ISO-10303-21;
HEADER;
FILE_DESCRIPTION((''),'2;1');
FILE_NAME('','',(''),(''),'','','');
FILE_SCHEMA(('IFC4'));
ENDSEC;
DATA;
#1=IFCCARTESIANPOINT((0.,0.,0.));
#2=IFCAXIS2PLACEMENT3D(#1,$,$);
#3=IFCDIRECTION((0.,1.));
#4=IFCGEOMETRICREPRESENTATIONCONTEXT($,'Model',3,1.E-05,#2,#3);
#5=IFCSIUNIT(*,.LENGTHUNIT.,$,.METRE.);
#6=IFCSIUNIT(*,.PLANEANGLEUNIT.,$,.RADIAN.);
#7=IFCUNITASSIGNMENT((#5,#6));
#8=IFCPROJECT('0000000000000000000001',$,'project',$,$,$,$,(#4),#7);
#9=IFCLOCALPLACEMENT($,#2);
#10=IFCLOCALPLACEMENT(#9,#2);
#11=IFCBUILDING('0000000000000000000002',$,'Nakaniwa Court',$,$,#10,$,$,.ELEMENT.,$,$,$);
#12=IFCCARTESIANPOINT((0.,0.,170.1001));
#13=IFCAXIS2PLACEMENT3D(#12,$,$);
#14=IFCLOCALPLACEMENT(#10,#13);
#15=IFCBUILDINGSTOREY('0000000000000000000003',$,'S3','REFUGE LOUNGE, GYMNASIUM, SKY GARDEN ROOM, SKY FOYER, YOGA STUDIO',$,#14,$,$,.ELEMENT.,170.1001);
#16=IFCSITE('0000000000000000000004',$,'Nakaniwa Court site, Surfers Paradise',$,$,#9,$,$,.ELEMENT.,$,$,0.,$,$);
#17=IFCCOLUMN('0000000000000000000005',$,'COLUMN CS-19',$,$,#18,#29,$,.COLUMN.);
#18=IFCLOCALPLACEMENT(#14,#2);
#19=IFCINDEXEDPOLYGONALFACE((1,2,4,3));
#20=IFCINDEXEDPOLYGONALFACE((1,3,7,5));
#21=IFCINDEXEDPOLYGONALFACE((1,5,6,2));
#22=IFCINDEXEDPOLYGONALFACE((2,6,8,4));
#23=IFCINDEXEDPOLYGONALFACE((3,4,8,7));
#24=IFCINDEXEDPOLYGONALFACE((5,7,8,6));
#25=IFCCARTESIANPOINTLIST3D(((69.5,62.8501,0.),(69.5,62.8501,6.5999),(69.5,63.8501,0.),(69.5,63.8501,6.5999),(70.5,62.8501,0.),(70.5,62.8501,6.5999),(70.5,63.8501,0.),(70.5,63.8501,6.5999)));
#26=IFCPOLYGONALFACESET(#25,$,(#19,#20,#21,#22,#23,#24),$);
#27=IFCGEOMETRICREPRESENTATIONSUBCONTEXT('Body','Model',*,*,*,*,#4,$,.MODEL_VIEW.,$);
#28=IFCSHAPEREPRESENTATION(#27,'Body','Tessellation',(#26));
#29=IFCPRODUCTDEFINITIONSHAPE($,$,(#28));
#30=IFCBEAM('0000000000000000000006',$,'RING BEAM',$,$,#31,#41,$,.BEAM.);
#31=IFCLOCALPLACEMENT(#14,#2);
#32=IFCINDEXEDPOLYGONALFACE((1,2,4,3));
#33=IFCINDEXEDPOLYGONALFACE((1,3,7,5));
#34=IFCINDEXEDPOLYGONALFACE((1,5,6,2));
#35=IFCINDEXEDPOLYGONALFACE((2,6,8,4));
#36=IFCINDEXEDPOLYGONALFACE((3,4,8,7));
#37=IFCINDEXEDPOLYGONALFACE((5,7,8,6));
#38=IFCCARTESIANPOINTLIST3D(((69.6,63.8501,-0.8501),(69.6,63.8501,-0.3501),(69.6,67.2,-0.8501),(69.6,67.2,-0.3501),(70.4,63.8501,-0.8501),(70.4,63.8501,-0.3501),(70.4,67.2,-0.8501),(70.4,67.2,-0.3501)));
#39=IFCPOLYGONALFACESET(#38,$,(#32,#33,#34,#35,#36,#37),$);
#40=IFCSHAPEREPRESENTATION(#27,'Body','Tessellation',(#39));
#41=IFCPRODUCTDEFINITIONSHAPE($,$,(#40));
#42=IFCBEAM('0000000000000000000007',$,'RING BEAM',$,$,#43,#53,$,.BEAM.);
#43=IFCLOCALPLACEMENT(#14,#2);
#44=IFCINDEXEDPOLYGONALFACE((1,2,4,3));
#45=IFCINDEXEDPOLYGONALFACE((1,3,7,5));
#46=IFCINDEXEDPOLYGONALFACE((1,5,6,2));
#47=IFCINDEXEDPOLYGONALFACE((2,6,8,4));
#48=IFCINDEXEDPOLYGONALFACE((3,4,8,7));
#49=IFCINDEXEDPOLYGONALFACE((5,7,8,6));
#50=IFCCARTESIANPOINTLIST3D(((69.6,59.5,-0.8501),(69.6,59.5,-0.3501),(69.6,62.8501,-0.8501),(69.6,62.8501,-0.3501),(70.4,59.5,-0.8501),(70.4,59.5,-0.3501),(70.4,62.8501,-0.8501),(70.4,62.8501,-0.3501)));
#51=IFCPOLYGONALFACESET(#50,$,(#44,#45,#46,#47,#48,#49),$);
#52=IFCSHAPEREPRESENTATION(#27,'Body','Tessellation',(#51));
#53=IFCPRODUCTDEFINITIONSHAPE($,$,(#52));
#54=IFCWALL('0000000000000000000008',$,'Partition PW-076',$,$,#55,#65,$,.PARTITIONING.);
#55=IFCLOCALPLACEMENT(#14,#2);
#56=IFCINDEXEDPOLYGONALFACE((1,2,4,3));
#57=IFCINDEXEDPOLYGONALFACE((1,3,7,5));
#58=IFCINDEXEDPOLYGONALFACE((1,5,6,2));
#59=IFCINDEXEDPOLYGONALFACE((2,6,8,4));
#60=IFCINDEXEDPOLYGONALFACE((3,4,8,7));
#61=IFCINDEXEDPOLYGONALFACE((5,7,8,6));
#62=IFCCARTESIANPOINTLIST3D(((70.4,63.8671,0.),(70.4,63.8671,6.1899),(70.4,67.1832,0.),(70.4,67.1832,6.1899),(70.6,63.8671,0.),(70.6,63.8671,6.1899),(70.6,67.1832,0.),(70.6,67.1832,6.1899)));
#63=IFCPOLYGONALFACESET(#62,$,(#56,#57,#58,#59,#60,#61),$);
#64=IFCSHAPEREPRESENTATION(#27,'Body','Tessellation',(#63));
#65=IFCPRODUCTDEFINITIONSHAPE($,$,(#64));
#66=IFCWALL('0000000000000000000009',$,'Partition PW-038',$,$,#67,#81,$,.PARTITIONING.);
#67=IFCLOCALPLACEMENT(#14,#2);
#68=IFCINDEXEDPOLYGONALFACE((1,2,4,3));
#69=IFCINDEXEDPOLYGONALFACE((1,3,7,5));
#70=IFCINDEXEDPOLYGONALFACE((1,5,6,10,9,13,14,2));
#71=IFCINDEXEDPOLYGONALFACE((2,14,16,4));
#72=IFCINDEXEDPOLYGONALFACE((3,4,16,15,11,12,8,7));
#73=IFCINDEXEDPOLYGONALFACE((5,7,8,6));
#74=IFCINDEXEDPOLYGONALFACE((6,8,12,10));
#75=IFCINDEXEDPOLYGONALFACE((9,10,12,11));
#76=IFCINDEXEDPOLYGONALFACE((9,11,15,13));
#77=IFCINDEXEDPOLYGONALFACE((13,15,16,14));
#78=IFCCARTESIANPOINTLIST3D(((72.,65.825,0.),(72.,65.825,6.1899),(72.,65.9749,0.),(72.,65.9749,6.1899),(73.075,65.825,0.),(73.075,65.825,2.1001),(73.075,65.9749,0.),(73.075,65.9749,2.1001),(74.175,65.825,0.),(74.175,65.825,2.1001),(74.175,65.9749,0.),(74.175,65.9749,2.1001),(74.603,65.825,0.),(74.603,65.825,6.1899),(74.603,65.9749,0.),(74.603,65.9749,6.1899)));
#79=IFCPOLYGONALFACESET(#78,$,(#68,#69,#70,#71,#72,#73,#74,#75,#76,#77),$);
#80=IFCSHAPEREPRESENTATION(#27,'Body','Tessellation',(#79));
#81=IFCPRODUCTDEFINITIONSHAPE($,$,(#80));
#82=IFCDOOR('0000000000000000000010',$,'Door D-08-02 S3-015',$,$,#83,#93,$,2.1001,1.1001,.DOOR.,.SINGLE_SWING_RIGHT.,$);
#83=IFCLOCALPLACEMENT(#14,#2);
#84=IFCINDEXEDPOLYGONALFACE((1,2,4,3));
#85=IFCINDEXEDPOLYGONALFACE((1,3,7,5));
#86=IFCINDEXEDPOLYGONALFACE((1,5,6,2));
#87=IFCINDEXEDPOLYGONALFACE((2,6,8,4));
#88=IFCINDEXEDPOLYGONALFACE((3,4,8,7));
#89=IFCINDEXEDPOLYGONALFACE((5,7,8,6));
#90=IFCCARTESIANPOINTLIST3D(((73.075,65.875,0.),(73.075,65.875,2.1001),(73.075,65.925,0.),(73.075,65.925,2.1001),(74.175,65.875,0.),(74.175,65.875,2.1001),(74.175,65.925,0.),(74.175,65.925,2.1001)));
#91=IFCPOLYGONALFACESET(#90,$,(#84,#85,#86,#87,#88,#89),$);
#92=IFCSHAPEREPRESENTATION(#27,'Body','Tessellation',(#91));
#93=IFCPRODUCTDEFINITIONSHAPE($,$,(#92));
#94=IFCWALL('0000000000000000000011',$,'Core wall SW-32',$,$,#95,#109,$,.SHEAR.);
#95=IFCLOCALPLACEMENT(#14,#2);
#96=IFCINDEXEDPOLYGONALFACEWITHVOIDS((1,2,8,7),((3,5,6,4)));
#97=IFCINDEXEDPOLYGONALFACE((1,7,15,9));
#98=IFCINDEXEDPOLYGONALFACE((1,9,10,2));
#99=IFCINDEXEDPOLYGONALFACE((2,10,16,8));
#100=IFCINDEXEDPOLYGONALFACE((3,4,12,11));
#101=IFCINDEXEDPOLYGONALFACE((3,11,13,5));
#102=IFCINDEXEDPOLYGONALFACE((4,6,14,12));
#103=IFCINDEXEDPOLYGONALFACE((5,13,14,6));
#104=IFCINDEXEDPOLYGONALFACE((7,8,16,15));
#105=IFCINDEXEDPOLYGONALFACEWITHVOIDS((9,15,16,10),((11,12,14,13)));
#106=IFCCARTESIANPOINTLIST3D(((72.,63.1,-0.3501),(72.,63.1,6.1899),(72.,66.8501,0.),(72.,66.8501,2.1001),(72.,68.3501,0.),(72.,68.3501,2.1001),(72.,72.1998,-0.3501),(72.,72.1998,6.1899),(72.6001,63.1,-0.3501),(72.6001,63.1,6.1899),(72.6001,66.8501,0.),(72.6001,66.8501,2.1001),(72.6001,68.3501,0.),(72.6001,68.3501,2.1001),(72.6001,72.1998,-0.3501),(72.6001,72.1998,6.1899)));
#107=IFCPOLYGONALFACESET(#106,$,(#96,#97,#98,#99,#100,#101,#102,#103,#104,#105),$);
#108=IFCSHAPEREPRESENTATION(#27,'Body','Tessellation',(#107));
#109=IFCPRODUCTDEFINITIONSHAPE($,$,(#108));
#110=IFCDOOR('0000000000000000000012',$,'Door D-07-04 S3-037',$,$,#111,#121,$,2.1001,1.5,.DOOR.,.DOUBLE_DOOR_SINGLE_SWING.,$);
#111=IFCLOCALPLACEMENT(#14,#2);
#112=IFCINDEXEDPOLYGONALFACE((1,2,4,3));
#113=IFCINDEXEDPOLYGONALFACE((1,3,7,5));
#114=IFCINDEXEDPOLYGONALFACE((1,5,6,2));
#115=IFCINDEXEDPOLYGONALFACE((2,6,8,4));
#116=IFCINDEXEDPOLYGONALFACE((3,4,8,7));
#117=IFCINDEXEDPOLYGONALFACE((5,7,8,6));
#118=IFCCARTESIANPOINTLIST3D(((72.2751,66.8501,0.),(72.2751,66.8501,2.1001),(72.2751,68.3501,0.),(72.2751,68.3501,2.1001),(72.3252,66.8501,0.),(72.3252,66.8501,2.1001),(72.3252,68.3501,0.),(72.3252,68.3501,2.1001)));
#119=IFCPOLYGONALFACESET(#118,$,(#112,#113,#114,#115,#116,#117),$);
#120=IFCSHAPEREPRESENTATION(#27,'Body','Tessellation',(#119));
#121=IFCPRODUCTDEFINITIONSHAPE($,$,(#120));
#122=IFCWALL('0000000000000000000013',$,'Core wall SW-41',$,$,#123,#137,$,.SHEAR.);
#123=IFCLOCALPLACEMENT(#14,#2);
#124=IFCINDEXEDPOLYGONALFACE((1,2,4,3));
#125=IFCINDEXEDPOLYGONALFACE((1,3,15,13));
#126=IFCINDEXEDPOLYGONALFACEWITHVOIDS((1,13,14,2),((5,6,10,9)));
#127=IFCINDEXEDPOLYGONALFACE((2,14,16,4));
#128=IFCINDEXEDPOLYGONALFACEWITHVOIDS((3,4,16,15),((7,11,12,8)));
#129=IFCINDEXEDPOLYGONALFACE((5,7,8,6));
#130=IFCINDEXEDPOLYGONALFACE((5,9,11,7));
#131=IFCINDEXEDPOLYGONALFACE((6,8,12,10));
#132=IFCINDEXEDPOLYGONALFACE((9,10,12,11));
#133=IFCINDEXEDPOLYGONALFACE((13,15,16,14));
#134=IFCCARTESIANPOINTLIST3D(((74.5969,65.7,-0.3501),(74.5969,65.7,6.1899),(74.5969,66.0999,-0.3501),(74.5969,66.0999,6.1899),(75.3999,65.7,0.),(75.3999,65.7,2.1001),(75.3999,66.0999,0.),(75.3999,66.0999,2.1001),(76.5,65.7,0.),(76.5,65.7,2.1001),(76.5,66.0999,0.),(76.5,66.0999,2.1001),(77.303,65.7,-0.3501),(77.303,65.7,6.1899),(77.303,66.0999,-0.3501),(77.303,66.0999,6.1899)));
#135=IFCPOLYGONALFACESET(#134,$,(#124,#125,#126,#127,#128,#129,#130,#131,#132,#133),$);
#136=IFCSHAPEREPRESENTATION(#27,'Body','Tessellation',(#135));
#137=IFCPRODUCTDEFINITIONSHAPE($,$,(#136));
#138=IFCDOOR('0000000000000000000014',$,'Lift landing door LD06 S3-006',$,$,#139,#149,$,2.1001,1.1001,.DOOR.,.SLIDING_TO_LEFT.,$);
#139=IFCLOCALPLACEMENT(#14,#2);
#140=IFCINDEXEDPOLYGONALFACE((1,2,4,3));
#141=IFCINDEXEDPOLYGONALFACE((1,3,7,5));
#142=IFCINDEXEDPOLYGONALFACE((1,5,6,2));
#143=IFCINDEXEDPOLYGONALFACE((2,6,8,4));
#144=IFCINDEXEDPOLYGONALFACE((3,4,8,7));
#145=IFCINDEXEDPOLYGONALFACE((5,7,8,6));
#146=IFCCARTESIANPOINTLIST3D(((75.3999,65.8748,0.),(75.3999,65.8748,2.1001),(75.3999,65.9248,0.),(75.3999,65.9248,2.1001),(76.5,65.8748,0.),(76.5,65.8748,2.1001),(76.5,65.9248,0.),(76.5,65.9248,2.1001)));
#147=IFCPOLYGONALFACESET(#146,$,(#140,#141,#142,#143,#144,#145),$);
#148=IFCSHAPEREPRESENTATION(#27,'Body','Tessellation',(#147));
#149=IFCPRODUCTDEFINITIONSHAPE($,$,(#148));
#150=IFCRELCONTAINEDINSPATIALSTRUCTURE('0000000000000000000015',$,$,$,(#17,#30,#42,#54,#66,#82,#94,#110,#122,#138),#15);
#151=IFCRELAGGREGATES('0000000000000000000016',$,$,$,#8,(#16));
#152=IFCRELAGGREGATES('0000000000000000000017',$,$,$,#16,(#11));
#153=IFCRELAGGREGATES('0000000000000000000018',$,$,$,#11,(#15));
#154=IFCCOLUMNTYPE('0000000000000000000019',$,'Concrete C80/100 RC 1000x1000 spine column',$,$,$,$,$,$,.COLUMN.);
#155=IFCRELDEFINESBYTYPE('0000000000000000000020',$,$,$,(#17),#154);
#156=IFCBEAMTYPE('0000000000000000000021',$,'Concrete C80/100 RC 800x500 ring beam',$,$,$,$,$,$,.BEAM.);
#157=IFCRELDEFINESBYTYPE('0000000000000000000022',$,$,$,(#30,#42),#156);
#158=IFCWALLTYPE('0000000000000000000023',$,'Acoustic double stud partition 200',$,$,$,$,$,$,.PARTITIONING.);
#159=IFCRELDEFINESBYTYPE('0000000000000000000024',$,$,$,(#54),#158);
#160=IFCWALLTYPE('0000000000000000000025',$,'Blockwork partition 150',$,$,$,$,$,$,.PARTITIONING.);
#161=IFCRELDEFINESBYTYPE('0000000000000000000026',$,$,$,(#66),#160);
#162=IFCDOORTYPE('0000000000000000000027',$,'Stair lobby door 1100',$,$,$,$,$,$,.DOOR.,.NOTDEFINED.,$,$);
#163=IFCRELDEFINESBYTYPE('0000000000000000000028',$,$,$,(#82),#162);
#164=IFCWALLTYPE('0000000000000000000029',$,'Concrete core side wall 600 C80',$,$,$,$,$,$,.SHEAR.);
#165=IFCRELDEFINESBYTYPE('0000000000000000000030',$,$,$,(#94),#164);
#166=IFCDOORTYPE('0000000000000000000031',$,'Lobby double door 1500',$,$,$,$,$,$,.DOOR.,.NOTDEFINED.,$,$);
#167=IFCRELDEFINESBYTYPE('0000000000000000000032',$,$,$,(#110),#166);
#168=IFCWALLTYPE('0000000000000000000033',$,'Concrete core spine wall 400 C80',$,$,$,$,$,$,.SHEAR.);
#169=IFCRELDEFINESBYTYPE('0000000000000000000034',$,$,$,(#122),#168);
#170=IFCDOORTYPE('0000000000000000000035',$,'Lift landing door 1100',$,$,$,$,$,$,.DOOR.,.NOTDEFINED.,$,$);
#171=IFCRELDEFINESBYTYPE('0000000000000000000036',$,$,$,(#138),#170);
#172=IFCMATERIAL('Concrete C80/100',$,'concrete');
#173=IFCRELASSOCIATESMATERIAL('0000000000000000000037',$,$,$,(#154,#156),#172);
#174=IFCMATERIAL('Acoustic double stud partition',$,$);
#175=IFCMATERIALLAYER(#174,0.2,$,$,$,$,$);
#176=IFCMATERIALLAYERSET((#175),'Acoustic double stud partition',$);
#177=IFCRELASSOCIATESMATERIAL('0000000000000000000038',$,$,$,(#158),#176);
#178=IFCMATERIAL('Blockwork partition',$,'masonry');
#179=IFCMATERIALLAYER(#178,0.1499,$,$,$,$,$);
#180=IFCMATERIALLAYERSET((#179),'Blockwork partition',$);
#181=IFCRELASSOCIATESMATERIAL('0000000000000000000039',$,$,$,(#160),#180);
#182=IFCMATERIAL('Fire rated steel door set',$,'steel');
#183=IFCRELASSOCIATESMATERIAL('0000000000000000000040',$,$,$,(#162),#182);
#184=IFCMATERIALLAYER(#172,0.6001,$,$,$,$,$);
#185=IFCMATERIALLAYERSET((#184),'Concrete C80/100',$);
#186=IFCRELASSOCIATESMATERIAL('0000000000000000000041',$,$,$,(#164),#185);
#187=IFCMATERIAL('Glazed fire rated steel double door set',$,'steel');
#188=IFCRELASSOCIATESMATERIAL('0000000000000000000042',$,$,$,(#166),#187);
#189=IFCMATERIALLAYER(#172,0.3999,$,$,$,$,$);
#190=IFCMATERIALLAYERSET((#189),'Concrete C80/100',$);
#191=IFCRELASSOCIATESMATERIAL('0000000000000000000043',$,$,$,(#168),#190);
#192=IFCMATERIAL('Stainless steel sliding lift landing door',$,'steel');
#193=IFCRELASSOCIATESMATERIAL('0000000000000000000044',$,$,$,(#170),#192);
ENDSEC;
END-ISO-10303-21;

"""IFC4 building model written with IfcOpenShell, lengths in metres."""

from ifc_helpers import new_model, si_unit, direction, frame, frame_2d, origin, origin_2d, place, context, subcontext, project, spatial, rectangle, extrude, material, layer, layer_set, material_profile, profile_set, type_object, element, fill, save


model = new_model("IFC4")

# Units and contexts
model_context = context("Model", 3, precision=1e-05, world=origin(), true_north=direction((0.0, 1.0)))
body_context = subcontext(model_context, "Body", "Model", "MODEL_VIEW")
ifc_project = project(units=[si_unit("LENGTHUNIT", "METRE"), si_unit("PLANEANGLEUNIT", "RADIAN")], contexts=[model_context])

# Site, building, storey
site_placement = place(None, origin())
site = spatial("IfcSite", under=ifc_project, at=site_placement, Name="Nakaniwa Court site, Surfers Paradise", CompositionType="ELEMENT", RefElevation=0.0)
building_placement = place(site_placement, origin())
building = spatial("IfcBuilding", under=site, at=building_placement, Name="Nakaniwa Court", CompositionType="ELEMENT")
storey_placement = place(building_placement, frame((0.0, 0.0, 170.1001)))
storey = spatial("IfcBuildingStorey", under=building, at=storey_placement, Name="S3", Description="REFUGE LOUNGE, GYMNASIUM, SKY GARDEN ROOM, SKY FOYER, YOGA STUDIO", CompositionType="ELEMENT", Elevation=170.1001)

# Column
ifc_material_1 = material(Name="Concrete C80/100", Category="concrete")
ifc_material_profile_1 = material_profile(ifc_material_1, rectangle(XDim=1.0, YDim=1.0, at=origin_2d()), Name="Concrete C80/100 RC 1000x1000 spine column")
ifc_profile_set_1 = profile_set([ifc_material_profile_1], Name="Concrete C80/100")
column_type = type_object("IfcColumnType", Name="Concrete C80/100 RC 1000x1000 spine column", PredefinedType="COLUMN", material=ifc_profile_set_1)
column_placement = place(storey_placement, frame((70.0, 63.3501, 0.0), z_axis=(0.0, 0.0, 1.0), x_axis=(0.0, -1.0, 0.0)))
element("IfcColumn", 1, at=column_placement, inside=storey, type_object=column_type, Name="COLUMN CS-19", PredefinedType="COLUMN", context=body_context, shape_type="SweptSolid", body=[
    extrude(rectangle(XDim=1.0, YDim=1.0, at=origin_2d()), origin(), (0.0, 0.0, 1.0), 6.5999),
])

# Beams
ifc_material_profile_2 = material_profile(ifc_material_1, rectangle(XDim=0.8, YDim=0.5, at=origin_2d()), Name="Concrete C80/100 RC 800x500 ring beam")
ifc_profile_set_2 = profile_set([ifc_material_profile_2], Name="Concrete C80/100")
beam_type = type_object("IfcBeamType", Name="Concrete C80/100 RC 800x500 ring beam", PredefinedType="BEAM", material=ifc_profile_set_2)
beam_1_placement = place(storey_placement, frame((70.0, 67.2, -0.6001), z_axis=(0.0, -1.0, 0.0), x_axis=(1.0, 0.0, 0.0)))
element("IfcBeam", 2, at=beam_1_placement, inside=storey, type_object=beam_type, Name="RING BEAM", PredefinedType="BEAM", context=body_context, shape_type="SweptSolid", body=[
    extrude(rectangle(XDim=0.8, YDim=0.5, at=origin_2d()), origin(), (0.0, 0.0, 1.0), 3.3499),
])
beam_2_placement = place(storey_placement, frame((70.0, 62.8501, -0.6001), z_axis=(0.0, -1.0, 0.0), x_axis=(1.0, 0.0, 0.0)))
element("IfcBeam", 3, at=beam_2_placement, inside=storey, type_object=beam_type, Name="RING BEAM", PredefinedType="BEAM", context=body_context, shape_type="SweptSolid", body=[
    extrude(rectangle(XDim=0.8, YDim=0.5, at=origin_2d()), origin(), (0.0, 0.0, 1.0), 3.3501),
])

# Wall
ifc_material_2 = material(Name="Acoustic double stud partition")
ifc_layer_1 = layer(ifc_material_2, 0.2)
ifc_layer_set_1 = layer_set([ifc_layer_1], Name="Acoustic double stud partition")
wall_type_1 = type_object("IfcWallType", Name="Acoustic double stud partition 200", PredefinedType="PARTITIONING", material=ifc_layer_set_1)
wall_1_placement = place(storey_placement, frame((70.5, 63.8669, 0.0), z_axis=(0.0, 0.0, 1.0), x_axis=(0.0, 1.0, 0.0)))
element("IfcWall", 4, at=wall_1_placement, inside=storey, type_object=wall_type_1, Name="Partition PW-076", PredefinedType="PARTITIONING", context=body_context, shape_type="SweptSolid", body=[
    extrude(rectangle(XDim=3.3162, YDim=0.2, at=frame_2d((1.6582, 0.0))), origin(), (0.0, 0.0, 1.0), 6.1899),
])

# Walls, openings, doors
ifc_material_3 = material(Name="Blockwork partition", Category="masonry")
ifc_layer_2 = layer(ifc_material_3, 0.1499)
ifc_layer_set_2 = layer_set([ifc_layer_2], Name="Blockwork partition")
wall_type_2 = type_object("IfcWallType", Name="Blockwork partition 150", PredefinedType="PARTITIONING", material=ifc_layer_set_2)
wall_2_placement = place(storey_placement, frame((74.603, 65.8999, 0.0), z_axis=(0.0, 0.0, 1.0), x_axis=(-1.0, 0.0, 0.0)))
wall_2 = element("IfcWall", 5, at=wall_2_placement, inside=storey, type_object=wall_type_2, Name="Partition PW-038", PredefinedType="PARTITIONING", context=body_context, shape_type="SweptSolid", body=[
    extrude(rectangle(XDim=2.603, YDim=0.1499, at=frame_2d((1.3015, 0.0))), origin(), (0.0, 0.0, 1.0), 6.1899),
])
opening_1_placement = place(wall_2_placement, frame((0.428, 0.0, 0.0)))
opening_1 = element("IfcOpeningElement", 6, at=opening_1_placement, cuts=wall_2, PredefinedType="OPENING", context=body_context, shape_type="SweptSolid", body=[
    extrude(rectangle(XDim=1.1001, YDim=2.1001, at=frame_2d((0.55, 1.05))), frame((0.0, 0.085, 0.0), z_axis=(0.0, -1.0, 0.0), x_axis=(1.0, 0.0, 0.0)), (0.0, 0.0, 1.0), 0.1699),
])
ifc_material_4 = material(Name="Fire rated steel door set", Category="steel")
door_type_1 = type_object("IfcDoorType", Name="Stair lobby door 1100", OperationType="NOTDEFINED", PredefinedType="DOOR", material=ifc_material_4)
door_1_placement = place(opening_1_placement, origin())
door_1 = element("IfcDoor", 7, at=door_1_placement, inside=storey, type_object=door_type_1, Name="Door D-08-02 S3-015", OperationType="SINGLE_SWING_RIGHT", OverallHeight=2.1001, OverallWidth=1.1001, PredefinedType="DOOR", context=body_context, shape_type="SweptSolid", body=[
    extrude(rectangle(XDim=1.1001, YDim=2.1001, at=frame_2d((0.55, 1.05))), frame((0.0, 0.0249, 0.0), z_axis=(0.0, -1.0, 0.0), x_axis=(1.0, 0.0, 0.0)), (0.0, 0.0, 1.0), 0.05),
])
fill(opening_1, door_1)
ifc_layer_3 = layer(ifc_material_1, 0.6001)
ifc_layer_set_3 = layer_set([ifc_layer_3], Name="Concrete C80/100")
wall_type_3 = type_object("IfcWallType", Name="Concrete core side wall 600 C80", PredefinedType="SHEAR", material=ifc_layer_set_3)
wall_3_placement = place(storey_placement, frame((72.3, 63.1001, -0.3501), z_axis=(0.0, 0.0, 1.0), x_axis=(0.0, 1.0, 0.0)))
wall_3 = element("IfcWall", 8, at=wall_3_placement, inside=storey, type_object=wall_type_3, Name="Core wall SW-32", PredefinedType="SHEAR", context=body_context, shape_type="SweptSolid", body=[
    extrude(rectangle(XDim=9.0999, YDim=0.6001, at=frame_2d((4.5498, 0.0))), origin(), (0.0, 0.0, 1.0), 6.54),
])
opening_2_placement = place(wall_3_placement, frame((3.75, 0.0, 0.3501)))
opening_2 = element("IfcOpeningElement", 9, at=opening_2_placement, cuts=wall_3, PredefinedType="OPENING", context=body_context, shape_type="SweptSolid", body=[
    extrude(rectangle(XDim=1.5, YDim=2.1001, at=frame_2d((0.75, 1.05))), frame((0.0, 0.3101, 0.0), z_axis=(0.0, -1.0, 0.0), x_axis=(1.0, 0.0, 0.0)), (0.0, 0.0, 1.0), 0.6201),
])
ifc_material_5 = material(Name="Glazed fire rated steel double door set", Category="steel")
door_type_2 = type_object("IfcDoorType", Name="Lobby double door 1500", OperationType="NOTDEFINED", PredefinedType="DOOR", material=ifc_material_5)
door_2_placement = place(opening_2_placement, origin())
door_2 = element("IfcDoor", 10, at=door_2_placement, inside=storey, type_object=door_type_2, Name="Door D-07-04 S3-037", OperationType="DOUBLE_DOOR_SINGLE_SWING", OverallHeight=2.1001, OverallWidth=1.5, PredefinedType="DOOR", context=body_context, shape_type="SweptSolid", body=[
    extrude(rectangle(XDim=1.5, YDim=2.1001, at=frame_2d((0.75, 1.05))), frame((0.0, 0.0249, 0.0), z_axis=(0.0, -1.0, 0.0), x_axis=(1.0, 0.0, 0.0)), (0.0, 0.0, 1.0), 0.05),
])
fill(opening_2, door_2)
ifc_layer_4 = layer(ifc_material_1, 0.3999)
ifc_layer_set_4 = layer_set([ifc_layer_4], Name="Concrete C80/100")
wall_type_4 = type_object("IfcWallType", Name="Concrete core spine wall 400 C80", PredefinedType="SHEAR", material=ifc_layer_set_4)
wall_4_placement = place(storey_placement, frame((74.5969, 65.8999, -0.3501), z_axis=(0.0, 0.0, 1.0), x_axis=(1.0, 0.0, 0.0)))
wall_4 = element("IfcWall", 11, at=wall_4_placement, inside=storey, type_object=wall_type_4, Name="Core wall SW-41", PredefinedType="SHEAR", context=body_context, shape_type="SweptSolid", body=[
    extrude(rectangle(XDim=2.7061, YDim=0.3999, at=frame_2d((1.353, 0.0))), origin(), (0.0, 0.0, 1.0), 6.54),
])
opening_3_placement = place(wall_4_placement, frame((0.803, 0.0, 0.3501)))
opening_3 = element("IfcOpeningElement", 12, at=opening_3_placement, cuts=wall_4, PredefinedType="OPENING", context=body_context, shape_type="SweptSolid", body=[
    extrude(rectangle(XDim=1.1001, YDim=2.1001, at=frame_2d((0.55, 1.05))), frame((0.0, 0.21, 0.0), z_axis=(0.0, -1.0, 0.0), x_axis=(1.0, 0.0, 0.0)), (0.0, 0.0, 1.0), 0.4199),
])
ifc_material_6 = material(Name="Stainless steel sliding lift landing door", Category="steel")
door_type_3 = type_object("IfcDoorType", Name="Lift landing door 1100", OperationType="NOTDEFINED", PredefinedType="DOOR", material=ifc_material_6)
door_3_placement = place(opening_3_placement, origin())
door_3 = element("IfcDoor", 13, at=door_3_placement, inside=storey, type_object=door_type_3, Name="Lift landing door LD06 S3-006", OperationType="SLIDING_TO_LEFT", OverallHeight=2.1001, OverallWidth=1.1001, PredefinedType="DOOR", context=body_context, shape_type="SweptSolid", body=[
    extrude(rectangle(XDim=1.1001, YDim=2.1001, at=frame_2d((0.55, 1.05))), frame((0.0, 0.0249, 0.0), z_axis=(0.0, -1.0, 0.0), x_axis=(1.0, 0.0, 0.0)), (0.0, 0.0, 1.0), 0.05),
])
fill(opening_3, door_3)

save(model, "model.ifc")
